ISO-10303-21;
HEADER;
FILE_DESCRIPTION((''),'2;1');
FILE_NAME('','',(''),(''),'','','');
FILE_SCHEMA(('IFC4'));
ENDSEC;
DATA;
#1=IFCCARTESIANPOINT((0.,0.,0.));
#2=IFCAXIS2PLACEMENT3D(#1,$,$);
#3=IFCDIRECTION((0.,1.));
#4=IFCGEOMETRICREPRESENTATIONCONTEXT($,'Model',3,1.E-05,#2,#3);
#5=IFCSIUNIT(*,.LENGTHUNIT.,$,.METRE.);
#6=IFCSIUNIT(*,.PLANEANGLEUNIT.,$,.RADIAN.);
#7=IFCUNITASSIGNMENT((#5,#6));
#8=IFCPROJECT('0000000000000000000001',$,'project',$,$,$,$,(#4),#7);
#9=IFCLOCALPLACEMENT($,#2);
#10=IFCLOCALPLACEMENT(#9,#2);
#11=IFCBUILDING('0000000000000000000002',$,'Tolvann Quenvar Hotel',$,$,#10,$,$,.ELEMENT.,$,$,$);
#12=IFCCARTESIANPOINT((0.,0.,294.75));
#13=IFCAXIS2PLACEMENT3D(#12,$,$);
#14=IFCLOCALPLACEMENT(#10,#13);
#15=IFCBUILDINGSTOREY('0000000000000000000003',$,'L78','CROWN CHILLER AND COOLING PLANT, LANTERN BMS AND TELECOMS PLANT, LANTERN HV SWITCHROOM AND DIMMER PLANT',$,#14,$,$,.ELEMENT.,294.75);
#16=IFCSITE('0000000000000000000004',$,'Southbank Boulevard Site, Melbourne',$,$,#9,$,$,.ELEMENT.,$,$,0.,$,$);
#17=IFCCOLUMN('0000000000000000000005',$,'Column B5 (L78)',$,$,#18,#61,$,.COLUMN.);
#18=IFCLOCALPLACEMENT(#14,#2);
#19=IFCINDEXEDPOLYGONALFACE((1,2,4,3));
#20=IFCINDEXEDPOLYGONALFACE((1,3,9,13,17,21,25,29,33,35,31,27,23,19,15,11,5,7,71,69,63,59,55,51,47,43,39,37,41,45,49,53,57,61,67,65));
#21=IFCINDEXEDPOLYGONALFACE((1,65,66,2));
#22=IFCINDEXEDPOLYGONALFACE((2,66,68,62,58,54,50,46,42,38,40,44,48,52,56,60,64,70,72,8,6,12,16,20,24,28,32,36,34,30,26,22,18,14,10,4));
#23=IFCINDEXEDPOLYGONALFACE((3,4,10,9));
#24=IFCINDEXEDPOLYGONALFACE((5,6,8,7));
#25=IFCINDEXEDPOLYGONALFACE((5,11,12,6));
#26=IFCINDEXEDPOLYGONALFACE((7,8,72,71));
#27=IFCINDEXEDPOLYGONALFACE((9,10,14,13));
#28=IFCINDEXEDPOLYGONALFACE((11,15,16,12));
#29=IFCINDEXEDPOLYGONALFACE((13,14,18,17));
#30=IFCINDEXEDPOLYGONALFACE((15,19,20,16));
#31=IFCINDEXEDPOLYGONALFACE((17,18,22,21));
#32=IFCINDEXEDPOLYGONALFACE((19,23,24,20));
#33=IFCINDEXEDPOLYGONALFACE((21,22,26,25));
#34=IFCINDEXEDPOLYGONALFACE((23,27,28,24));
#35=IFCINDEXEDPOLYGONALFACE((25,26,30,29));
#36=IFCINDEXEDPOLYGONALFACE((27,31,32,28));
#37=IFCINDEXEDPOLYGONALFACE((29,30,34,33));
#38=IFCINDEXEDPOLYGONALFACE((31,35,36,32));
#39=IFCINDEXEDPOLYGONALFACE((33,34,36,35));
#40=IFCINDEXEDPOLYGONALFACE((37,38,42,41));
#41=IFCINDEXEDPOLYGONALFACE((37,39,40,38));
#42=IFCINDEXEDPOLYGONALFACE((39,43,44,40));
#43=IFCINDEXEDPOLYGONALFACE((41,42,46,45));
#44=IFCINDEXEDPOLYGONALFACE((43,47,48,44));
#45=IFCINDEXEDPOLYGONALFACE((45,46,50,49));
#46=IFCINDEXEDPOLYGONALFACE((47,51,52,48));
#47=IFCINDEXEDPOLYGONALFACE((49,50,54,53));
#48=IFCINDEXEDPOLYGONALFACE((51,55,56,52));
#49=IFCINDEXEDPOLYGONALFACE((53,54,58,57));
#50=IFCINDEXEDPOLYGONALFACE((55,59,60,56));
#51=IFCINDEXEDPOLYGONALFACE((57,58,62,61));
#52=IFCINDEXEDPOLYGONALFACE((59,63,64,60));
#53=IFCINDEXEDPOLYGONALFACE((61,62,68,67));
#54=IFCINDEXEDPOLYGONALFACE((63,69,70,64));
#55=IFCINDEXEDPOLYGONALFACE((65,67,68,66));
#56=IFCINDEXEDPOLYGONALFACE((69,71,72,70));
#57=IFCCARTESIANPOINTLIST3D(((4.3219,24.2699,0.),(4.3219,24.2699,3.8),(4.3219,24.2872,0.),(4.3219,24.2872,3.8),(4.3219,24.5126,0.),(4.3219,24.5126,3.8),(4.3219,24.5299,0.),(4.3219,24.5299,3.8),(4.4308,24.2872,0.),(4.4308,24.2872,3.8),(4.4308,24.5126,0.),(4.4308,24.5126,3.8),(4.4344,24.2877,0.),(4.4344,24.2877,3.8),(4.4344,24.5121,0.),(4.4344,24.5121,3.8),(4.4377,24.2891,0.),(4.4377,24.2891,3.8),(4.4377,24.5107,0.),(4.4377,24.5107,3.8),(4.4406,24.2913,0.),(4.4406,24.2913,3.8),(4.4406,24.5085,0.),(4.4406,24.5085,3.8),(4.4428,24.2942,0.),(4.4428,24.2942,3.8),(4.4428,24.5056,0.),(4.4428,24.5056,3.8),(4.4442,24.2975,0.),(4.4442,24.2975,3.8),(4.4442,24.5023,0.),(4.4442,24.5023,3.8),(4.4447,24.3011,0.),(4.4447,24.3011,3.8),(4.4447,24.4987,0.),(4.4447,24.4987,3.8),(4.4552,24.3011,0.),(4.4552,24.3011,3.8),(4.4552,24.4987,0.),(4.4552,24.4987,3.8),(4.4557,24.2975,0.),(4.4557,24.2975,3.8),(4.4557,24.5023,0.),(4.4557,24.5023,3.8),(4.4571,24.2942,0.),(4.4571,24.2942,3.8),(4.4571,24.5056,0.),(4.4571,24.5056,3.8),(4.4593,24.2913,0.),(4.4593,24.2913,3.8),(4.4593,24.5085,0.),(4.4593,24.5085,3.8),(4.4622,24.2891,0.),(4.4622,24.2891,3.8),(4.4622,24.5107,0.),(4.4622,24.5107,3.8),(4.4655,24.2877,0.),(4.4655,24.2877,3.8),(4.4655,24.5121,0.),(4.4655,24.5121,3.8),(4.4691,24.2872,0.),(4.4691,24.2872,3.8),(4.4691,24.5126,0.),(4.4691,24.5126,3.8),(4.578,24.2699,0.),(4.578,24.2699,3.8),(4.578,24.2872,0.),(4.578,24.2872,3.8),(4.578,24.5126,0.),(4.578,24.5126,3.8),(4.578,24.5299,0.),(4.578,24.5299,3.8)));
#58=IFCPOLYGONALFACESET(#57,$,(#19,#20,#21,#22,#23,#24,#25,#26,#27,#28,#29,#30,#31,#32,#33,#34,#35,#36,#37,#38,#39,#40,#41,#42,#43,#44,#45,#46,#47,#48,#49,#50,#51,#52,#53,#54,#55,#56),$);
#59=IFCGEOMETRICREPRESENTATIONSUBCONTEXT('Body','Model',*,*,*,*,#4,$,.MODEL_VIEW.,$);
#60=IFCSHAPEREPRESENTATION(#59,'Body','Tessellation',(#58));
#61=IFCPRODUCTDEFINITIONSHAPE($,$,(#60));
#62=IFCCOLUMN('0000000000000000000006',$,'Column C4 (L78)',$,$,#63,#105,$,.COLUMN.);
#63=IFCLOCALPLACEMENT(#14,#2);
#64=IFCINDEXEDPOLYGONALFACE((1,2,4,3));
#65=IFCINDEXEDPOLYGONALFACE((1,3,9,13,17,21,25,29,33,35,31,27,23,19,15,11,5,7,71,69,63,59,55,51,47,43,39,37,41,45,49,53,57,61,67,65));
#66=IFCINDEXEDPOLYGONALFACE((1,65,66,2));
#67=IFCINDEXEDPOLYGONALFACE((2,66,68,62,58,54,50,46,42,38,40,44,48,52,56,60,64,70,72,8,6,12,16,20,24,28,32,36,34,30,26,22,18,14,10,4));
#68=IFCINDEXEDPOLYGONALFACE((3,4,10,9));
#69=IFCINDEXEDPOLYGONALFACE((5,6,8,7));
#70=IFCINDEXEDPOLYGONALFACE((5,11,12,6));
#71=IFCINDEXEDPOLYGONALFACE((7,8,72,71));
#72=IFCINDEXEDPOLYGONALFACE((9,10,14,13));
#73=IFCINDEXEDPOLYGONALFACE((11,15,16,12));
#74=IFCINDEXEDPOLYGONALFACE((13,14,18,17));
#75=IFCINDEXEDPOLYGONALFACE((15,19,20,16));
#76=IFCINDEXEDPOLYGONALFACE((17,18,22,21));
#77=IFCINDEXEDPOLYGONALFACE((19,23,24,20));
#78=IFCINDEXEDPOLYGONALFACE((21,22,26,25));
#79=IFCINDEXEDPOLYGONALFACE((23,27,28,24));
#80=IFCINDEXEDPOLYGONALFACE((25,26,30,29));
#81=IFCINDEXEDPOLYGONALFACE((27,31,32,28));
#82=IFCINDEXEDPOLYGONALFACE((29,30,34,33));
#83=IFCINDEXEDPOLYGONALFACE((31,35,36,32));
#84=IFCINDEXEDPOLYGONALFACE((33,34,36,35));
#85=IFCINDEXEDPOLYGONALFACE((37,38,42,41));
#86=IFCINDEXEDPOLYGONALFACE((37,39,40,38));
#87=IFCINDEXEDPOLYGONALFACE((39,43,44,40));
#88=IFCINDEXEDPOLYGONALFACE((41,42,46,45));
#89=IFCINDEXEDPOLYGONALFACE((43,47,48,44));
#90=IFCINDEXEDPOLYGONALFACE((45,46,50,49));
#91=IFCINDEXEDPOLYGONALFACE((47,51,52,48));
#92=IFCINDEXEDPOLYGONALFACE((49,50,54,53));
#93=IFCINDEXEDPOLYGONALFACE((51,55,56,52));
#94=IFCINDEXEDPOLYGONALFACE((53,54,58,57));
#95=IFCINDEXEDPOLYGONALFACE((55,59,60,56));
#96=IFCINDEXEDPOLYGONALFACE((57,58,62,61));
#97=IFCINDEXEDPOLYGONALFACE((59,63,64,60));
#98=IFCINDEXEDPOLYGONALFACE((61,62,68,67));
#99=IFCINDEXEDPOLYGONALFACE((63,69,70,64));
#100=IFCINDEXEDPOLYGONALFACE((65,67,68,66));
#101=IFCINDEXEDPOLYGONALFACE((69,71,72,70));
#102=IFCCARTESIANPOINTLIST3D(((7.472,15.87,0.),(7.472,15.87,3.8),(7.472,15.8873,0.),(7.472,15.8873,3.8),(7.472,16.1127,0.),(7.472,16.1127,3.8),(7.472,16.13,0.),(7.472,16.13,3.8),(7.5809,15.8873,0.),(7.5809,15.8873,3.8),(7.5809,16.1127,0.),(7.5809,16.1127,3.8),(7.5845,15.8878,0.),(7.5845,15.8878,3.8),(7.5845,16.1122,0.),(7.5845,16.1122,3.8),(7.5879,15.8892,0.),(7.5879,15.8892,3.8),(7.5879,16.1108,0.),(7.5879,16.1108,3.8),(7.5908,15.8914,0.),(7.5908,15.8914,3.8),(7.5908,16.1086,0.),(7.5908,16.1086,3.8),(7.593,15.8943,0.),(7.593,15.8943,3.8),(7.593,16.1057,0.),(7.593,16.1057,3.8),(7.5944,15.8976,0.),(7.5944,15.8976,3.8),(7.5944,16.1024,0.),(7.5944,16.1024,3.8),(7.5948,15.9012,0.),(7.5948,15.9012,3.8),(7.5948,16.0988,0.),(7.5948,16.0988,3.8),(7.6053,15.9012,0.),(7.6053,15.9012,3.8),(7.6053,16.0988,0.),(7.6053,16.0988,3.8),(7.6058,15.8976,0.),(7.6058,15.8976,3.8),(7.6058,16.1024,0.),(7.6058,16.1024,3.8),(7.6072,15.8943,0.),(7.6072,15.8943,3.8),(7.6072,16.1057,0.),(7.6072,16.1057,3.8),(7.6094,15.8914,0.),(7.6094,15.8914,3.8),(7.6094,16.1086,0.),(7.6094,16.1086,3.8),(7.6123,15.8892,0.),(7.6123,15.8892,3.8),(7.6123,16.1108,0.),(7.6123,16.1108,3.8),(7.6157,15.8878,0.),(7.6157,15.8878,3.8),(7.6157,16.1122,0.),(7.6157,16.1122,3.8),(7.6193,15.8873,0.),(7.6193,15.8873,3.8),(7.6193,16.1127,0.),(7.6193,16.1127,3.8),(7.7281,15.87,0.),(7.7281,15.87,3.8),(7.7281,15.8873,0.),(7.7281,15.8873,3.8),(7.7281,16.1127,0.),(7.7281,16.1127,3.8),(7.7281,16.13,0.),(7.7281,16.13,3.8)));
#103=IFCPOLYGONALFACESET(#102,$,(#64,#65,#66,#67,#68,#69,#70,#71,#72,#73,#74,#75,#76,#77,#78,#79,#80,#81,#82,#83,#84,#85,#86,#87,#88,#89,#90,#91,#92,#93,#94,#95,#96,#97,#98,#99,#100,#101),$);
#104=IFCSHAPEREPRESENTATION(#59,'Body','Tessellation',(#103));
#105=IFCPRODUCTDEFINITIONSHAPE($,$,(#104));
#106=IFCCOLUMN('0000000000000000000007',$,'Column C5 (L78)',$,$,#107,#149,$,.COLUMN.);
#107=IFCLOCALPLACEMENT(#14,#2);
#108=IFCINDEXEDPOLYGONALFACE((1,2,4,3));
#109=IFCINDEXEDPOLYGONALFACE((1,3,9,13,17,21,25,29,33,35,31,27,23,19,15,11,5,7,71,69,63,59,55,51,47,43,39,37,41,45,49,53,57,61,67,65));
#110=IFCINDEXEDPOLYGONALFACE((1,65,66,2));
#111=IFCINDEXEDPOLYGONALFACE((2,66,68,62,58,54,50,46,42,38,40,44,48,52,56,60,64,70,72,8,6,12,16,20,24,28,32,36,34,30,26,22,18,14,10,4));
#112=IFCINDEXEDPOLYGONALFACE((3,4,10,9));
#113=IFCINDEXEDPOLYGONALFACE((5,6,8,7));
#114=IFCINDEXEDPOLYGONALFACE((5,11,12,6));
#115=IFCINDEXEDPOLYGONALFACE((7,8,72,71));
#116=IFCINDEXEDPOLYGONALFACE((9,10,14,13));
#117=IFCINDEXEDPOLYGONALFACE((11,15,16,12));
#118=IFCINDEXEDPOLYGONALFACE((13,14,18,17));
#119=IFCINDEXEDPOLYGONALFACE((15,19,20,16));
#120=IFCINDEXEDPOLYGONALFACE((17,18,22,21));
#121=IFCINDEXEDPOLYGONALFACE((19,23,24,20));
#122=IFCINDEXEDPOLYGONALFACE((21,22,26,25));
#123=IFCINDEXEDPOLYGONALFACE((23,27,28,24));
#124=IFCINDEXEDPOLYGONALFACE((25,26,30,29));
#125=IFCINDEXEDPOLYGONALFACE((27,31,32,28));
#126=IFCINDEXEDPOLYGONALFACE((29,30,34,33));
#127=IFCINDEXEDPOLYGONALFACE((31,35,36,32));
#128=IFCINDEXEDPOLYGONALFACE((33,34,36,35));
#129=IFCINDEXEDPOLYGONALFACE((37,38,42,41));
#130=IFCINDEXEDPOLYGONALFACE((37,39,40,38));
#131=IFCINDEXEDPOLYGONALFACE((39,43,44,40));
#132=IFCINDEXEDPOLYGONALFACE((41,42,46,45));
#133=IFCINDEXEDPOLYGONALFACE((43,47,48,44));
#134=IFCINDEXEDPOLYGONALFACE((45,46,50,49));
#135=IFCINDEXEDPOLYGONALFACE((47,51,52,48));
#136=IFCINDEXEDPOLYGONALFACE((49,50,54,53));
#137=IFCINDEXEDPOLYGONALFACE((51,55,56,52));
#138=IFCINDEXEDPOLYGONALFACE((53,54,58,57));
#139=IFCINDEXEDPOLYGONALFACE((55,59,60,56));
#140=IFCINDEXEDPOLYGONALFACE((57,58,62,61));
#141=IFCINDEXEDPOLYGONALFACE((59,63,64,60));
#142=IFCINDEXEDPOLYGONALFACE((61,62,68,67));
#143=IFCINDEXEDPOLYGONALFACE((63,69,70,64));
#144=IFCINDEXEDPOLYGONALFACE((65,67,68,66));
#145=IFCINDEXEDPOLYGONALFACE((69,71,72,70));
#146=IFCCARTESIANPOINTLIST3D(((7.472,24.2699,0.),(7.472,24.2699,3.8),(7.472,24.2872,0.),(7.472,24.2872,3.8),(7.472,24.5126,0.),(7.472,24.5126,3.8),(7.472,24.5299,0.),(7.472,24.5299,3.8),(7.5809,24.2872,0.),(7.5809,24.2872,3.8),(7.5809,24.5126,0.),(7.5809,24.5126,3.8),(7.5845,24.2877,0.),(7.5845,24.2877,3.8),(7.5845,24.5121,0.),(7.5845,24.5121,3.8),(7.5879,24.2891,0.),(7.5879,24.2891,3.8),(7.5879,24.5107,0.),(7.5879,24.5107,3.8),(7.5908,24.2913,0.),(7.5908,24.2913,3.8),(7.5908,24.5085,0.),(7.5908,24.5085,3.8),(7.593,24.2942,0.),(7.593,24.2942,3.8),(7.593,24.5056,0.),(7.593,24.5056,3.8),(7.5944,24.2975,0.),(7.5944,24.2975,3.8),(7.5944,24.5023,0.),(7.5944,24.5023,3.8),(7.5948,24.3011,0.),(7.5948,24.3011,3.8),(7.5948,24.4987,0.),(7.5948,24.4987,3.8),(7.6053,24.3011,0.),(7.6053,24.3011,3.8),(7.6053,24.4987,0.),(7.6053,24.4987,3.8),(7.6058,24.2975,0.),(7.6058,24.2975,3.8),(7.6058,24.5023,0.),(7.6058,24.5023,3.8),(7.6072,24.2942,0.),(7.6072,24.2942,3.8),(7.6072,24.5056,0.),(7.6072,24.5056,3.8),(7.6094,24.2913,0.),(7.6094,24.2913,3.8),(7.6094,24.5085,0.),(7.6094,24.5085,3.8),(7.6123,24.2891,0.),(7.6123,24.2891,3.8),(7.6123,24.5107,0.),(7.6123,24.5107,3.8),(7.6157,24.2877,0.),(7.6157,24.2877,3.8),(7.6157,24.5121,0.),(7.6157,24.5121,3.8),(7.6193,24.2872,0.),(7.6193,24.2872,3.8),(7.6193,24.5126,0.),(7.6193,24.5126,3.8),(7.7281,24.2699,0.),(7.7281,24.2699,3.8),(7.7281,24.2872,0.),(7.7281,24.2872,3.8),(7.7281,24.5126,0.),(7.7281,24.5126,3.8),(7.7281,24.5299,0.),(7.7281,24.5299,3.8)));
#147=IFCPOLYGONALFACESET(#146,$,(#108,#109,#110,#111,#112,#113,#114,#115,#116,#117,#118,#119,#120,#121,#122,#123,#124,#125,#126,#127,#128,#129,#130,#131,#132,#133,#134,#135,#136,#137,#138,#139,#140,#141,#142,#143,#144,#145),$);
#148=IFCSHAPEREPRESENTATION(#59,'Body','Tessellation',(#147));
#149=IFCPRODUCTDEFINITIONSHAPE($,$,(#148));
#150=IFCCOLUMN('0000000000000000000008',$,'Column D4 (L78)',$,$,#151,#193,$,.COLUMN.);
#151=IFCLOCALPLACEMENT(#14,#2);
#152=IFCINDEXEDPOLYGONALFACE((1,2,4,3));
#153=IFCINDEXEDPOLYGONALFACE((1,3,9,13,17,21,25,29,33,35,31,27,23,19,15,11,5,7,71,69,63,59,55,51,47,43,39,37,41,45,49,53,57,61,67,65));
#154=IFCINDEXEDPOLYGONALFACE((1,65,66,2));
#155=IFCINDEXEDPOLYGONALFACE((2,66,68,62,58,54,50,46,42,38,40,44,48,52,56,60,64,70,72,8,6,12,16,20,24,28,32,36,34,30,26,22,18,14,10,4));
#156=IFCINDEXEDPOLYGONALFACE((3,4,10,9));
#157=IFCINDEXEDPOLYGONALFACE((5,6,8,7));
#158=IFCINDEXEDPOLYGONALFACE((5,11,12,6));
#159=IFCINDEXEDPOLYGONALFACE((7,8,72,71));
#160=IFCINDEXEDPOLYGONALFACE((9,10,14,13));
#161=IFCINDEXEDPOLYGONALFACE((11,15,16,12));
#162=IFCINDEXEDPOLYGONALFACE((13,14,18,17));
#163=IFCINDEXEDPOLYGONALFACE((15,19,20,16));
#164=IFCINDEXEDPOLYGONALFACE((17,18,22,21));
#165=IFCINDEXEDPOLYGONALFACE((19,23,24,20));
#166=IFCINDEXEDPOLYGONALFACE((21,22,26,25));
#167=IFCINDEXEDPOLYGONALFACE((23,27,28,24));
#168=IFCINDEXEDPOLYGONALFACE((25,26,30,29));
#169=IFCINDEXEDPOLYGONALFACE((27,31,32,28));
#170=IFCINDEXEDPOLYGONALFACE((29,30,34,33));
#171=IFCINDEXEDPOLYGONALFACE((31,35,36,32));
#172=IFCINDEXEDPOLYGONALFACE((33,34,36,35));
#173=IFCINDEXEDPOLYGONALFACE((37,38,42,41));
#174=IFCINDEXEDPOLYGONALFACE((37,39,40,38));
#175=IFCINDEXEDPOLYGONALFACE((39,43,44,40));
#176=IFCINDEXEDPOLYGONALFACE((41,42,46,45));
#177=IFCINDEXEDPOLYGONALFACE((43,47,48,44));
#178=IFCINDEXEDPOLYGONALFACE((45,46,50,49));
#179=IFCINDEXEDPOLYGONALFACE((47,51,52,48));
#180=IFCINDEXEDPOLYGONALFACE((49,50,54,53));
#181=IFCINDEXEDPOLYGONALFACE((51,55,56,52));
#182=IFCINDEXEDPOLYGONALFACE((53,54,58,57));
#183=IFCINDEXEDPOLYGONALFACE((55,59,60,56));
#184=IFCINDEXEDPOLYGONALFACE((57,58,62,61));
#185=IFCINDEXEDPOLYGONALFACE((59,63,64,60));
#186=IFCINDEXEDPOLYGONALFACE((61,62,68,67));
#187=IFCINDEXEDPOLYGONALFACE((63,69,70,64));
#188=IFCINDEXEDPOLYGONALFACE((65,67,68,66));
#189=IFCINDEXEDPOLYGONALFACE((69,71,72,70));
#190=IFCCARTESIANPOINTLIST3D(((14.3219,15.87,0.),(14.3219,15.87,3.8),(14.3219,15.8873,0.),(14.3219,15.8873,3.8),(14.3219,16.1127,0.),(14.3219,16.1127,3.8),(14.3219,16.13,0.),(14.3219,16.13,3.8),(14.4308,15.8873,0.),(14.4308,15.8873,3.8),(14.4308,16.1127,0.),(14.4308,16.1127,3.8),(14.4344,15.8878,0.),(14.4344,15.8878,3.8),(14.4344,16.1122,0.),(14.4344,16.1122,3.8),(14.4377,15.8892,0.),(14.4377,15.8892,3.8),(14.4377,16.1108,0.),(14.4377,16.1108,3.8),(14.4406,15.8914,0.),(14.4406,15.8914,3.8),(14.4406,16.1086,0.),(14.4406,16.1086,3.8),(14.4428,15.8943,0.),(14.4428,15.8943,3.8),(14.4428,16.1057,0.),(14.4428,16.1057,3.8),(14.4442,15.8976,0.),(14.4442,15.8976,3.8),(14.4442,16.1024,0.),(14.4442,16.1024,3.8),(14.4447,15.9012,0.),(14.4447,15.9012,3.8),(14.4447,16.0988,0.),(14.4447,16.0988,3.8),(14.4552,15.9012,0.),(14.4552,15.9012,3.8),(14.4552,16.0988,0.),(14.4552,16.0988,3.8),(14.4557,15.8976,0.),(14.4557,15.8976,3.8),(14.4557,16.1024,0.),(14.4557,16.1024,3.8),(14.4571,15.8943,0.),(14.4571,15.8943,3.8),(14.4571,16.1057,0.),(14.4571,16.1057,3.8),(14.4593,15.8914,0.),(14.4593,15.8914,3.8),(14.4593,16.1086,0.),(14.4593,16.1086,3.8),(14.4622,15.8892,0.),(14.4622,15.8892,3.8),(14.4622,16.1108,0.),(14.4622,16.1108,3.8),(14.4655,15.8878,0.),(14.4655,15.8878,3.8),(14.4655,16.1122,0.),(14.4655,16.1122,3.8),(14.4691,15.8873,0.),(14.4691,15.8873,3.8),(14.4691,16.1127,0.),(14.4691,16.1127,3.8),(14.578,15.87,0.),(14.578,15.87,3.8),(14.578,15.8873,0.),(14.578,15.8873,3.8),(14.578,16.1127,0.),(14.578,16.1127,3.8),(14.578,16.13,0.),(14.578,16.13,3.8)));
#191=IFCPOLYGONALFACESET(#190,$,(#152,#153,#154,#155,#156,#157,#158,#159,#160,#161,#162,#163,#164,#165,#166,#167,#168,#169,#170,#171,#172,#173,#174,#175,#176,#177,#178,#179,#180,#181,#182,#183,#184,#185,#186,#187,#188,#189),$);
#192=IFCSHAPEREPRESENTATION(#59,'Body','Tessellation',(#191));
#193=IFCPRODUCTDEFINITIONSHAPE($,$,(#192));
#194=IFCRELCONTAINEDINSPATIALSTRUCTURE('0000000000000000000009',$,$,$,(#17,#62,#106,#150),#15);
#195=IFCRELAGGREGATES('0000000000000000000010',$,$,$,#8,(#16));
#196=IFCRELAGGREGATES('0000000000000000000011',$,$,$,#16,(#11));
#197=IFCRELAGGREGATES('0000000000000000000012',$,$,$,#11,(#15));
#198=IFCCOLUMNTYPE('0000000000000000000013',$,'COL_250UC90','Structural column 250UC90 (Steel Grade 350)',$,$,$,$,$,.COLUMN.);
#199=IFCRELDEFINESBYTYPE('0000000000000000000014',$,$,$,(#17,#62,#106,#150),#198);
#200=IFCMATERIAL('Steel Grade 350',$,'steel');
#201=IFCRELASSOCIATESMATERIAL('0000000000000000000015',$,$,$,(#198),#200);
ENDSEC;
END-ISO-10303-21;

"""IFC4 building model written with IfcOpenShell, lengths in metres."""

from ifc_helpers import new_model, si_unit, direction, frame, origin, origin_2d, place, context, subcontext, project, spatial, i_section, extrude, source, transform, mapped, material, material_profile, profile_set, type_object, type_shapes, element, save


model = new_model("IFC4")

# Units and contexts
model_context = context("Model", 3, precision=1e-05, world=origin(), true_north=direction((0.0, 1.0)))
body_context = subcontext(model_context, "Body", "Model", "MODEL_VIEW")
ifc_project = project(units=[si_unit("LENGTHUNIT", "METRE"), si_unit("PLANEANGLEUNIT", "RADIAN")], contexts=[model_context])

# Site, building, storey
site_placement = place(None, origin())
site = spatial("IfcSite", under=ifc_project, at=site_placement, Name="Southbank Boulevard Site, Melbourne", CompositionType="ELEMENT", RefElevation=0.0)
building_placement = place(site_placement, origin())
building = spatial("IfcBuilding", under=site, at=building_placement, Name="Tolvann Quenvar Hotel", CompositionType="ELEMENT")
storey_placement = place(building_placement, frame((0.0, 0.0, 294.75)))
storey = spatial("IfcBuildingStorey", under=building, at=storey_placement, Name="L78", Description="CROWN CHILLER AND COOLING PLANT, LANTERN BMS AND TELECOMS PLANT, LANTERN HV SWITCHROOM AND DIMMER PLANT", CompositionType="ELEMENT", Elevation=294.75)

# Columns
ifc_material_1 = material(Name="Steel Grade 350", Category="steel")
ifc_material_profile_1 = material_profile(ifc_material_1, i_section(OverallWidth=0.2561, OverallDepth=0.26, WebThickness=0.0105, FlangeThickness=0.0173, FilletRadius=0.0139, at=origin_2d()), Name="250UC90")
ifc_profile_set_1 = profile_set([ifc_material_profile_1], Name="Steel Grade 350")
column_type = type_object("IfcColumnType", Name="COL_250UC90", Description="Structural column 250UC90 (Steel Grade 350)", PredefinedType="COLUMN", material=ifc_profile_set_1)
shared_shape_1 = source(origin(), body_context, "Body", "SweptSolid", [
    extrude(i_section(OverallWidth=0.2561, OverallDepth=0.26, WebThickness=0.0105, FlangeThickness=0.0173, FilletRadius=0.0139, at=origin_2d()), origin(), (0.0, 0.0, 1.0), 3.8),
])
type_shapes(column_type, [shared_shape_1])
for number, where, z_axis, x_axis, name in (
    (1, (4.45, 24.3999, 0.0), (0.0, 0.0, 1.0), (1.0, 0.0, 0.0), "Column B5 (L78)"),
    (2, (7.6001, 16.0, 0.0), (0.0, 0.0, 1.0), (1.0, 0.0, 0.0), "Column C4 (L78)"),
    (3, (7.6001, 24.3999, 0.0), (0.0, 0.0, 1.0), (1.0, 0.0, 0.0), "Column C5 (L78)"),
    (4, (14.45, 16.0, 0.0), (0.0, 0.0, 1.0), (1.0, 0.0, 0.0), "Column D4 (L78)"),
):
    element("IfcColumn", number, at=place(storey_placement, frame(where, z_axis=z_axis, x_axis=x_axis)), inside=storey, type_object=column_type, Name=name, PredefinedType="COLUMN", context=body_context, shape_type="MappedRepresentation", body=[
        mapped(shared_shape_1, transform((0.0, 0.0, 0.0), x_axis=(1.0, 0.0, 0.0), y_axis=(0.0, 1.0, 0.0), z_axis=(0.0, 0.0, 1.0), scale=1.0)),
    ])

save(model, "model.ifc")
